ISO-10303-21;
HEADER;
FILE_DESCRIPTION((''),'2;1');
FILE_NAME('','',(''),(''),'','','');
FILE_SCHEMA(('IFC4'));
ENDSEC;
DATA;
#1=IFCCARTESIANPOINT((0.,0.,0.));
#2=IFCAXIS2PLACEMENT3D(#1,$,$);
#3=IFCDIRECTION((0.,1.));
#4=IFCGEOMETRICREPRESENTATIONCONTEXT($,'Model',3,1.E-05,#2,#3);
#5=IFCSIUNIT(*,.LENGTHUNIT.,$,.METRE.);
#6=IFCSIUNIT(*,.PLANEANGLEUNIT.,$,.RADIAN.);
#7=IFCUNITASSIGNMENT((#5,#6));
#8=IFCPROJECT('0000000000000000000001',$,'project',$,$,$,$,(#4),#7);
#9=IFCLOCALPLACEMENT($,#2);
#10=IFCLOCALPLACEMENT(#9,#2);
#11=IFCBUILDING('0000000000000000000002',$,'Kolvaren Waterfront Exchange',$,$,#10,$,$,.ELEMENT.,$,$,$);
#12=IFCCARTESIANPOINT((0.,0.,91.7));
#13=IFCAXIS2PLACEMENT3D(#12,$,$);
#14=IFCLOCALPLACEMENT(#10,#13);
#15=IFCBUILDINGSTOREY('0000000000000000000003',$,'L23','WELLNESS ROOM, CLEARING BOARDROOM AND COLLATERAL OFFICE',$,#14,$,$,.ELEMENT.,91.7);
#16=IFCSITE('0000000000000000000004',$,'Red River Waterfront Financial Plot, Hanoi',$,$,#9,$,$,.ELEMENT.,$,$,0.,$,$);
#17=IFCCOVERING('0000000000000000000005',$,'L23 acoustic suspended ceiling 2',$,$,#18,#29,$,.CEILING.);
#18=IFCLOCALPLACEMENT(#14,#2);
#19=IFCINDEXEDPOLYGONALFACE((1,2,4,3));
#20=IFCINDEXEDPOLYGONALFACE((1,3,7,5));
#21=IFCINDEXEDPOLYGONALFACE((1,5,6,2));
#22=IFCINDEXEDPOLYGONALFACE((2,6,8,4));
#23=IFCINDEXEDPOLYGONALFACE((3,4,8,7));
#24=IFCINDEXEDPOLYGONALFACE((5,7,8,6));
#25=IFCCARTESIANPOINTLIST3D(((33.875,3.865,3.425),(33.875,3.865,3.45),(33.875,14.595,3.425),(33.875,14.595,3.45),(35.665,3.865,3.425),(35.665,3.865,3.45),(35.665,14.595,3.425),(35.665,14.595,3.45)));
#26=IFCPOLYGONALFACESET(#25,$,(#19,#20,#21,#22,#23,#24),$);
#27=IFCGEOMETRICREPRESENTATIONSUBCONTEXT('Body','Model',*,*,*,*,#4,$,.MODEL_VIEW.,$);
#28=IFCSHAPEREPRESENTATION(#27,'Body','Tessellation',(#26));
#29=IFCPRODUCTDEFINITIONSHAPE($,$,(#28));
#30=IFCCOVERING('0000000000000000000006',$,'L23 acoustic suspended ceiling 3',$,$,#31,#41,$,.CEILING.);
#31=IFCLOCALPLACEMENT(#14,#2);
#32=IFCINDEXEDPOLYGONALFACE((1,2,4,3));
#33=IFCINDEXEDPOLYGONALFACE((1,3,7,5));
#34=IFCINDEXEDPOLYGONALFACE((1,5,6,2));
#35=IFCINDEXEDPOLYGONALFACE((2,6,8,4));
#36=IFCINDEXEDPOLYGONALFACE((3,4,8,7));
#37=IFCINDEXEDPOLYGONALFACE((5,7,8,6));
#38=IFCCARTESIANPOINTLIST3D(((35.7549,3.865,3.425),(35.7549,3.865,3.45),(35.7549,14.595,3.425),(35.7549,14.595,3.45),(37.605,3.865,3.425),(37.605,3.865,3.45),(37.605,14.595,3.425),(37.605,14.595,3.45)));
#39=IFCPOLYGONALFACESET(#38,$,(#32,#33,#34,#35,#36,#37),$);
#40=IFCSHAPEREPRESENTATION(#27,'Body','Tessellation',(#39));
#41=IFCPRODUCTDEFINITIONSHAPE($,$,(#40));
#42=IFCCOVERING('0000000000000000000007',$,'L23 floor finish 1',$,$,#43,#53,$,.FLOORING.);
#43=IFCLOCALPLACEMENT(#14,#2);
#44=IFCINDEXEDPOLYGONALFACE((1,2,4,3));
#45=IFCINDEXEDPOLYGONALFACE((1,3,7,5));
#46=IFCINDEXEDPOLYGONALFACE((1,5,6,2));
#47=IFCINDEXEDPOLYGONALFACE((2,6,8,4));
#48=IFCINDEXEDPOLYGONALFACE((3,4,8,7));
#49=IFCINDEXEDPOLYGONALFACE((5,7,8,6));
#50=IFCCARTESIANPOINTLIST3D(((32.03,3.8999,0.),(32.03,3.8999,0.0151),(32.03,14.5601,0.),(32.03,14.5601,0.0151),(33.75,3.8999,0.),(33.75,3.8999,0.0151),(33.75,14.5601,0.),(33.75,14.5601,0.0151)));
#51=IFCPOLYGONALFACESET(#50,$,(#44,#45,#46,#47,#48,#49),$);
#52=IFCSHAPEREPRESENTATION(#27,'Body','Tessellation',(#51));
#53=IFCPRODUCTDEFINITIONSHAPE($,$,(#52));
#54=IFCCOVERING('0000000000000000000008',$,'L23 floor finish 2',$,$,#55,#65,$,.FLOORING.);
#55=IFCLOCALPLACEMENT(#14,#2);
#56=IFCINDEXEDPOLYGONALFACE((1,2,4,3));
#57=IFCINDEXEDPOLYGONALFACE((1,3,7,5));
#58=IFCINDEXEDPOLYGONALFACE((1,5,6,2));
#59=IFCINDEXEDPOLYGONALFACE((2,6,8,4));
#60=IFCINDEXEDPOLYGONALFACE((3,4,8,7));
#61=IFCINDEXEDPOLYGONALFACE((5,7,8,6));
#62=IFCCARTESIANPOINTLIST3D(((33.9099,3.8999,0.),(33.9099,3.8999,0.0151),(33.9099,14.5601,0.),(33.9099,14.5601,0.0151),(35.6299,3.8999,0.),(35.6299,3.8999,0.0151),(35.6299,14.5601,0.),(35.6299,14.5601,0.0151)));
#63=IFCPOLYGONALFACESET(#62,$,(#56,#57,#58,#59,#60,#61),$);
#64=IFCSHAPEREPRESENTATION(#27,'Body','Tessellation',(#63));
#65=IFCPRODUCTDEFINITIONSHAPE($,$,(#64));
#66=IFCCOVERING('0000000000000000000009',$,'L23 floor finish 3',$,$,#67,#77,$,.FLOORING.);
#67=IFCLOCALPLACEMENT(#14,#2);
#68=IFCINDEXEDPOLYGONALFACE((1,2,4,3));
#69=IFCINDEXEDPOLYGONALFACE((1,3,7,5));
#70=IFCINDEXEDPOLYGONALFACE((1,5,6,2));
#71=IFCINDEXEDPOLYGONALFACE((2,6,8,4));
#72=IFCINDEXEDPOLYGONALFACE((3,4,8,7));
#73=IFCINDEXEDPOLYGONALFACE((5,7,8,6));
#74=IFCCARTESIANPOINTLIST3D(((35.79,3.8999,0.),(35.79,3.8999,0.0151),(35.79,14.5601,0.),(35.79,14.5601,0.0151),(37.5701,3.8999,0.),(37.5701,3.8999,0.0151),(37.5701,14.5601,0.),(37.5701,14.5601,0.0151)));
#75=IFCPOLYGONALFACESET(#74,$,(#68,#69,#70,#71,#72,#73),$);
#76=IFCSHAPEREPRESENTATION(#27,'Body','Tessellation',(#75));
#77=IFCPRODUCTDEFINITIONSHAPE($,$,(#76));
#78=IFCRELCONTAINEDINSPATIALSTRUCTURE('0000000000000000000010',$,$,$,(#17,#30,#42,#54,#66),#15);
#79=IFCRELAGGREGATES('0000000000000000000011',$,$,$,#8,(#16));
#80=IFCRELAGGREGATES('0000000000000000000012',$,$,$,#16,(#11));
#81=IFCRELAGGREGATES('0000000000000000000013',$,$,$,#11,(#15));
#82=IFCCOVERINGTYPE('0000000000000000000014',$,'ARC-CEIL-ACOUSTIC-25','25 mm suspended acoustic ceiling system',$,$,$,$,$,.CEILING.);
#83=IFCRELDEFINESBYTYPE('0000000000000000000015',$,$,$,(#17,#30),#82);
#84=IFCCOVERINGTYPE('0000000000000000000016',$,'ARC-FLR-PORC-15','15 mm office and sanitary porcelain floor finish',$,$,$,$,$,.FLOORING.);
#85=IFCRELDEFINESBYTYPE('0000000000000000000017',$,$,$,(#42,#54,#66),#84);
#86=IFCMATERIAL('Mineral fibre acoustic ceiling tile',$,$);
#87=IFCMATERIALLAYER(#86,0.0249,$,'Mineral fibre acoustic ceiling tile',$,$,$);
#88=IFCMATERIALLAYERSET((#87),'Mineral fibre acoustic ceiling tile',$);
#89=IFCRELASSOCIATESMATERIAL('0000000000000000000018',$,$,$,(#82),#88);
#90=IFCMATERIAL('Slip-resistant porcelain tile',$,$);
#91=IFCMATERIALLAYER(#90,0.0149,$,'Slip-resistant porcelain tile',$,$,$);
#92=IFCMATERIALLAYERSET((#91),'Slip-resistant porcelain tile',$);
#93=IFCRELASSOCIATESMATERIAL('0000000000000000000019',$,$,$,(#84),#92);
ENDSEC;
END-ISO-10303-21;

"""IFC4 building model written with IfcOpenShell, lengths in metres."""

from ifc_helpers import new_model, si_unit, direction, frame, origin, place, context, subcontext, project, spatial, polyline, outline, extrude, material, layer, layer_set, type_object, element, save


model = new_model("IFC4")

# Units and contexts
model_context = context("Model", 3, precision=1e-05, world=origin(), true_north=direction((0.0, 1.0)))
body_context = subcontext(model_context, "Body", "Model", "MODEL_VIEW")
ifc_project = project(units=[si_unit("LENGTHUNIT", "METRE"), si_unit("PLANEANGLEUNIT", "RADIAN")], contexts=[model_context])

# Site, building, storey
site_placement = place(None, origin())
site = spatial("IfcSite", under=ifc_project, at=site_placement, Name="Red River Waterfront Financial Plot, Hanoi", CompositionType="ELEMENT", RefElevation=0.0)
building_placement = place(site_placement, origin())
building = spatial("IfcBuilding", under=site, at=building_placement, Name="Kolvaren Waterfront Exchange", CompositionType="ELEMENT")
storey_placement = place(building_placement, frame((0.0, 0.0, 91.7)))
storey = spatial("IfcBuildingStorey", under=building, at=storey_placement, Name="L23", Description="WELLNESS ROOM, CLEARING BOARDROOM AND COLLATERAL OFFICE", CompositionType="ELEMENT", Elevation=91.7)

# Coverings
ifc_material_1 = material(Name="Mineral fibre acoustic ceiling tile")
ifc_layer_1 = layer(ifc_material_1, 0.0249, Name="Mineral fibre acoustic ceiling tile")
ifc_layer_set_1 = layer_set([ifc_layer_1], Name="Mineral fibre acoustic ceiling tile")
covering_type_1 = type_object("IfcCoveringType", Name="ARC-CEIL-ACOUSTIC-25", Description="25 mm suspended acoustic ceiling system", PredefinedType="CEILING", material=ifc_layer_set_1)
covering_1_placement = place(storey_placement, frame((0.0, 0.0, 3.425)))
element("IfcCovering", 1, at=covering_1_placement, inside=storey, type_object=covering_type_1, Name="L23 acoustic suspended ceiling 2", PredefinedType="CEILING", context=body_context, shape_type="SweptSolid", body=[
    extrude(outline(polyline([(35.665, 3.865), (35.665, 14.595), (33.875, 14.595), (33.875, 3.865), (35.665, 3.865)])), origin(), (0.0, 0.0, 1.0), 0.0249),
])
covering_2_placement = place(storey_placement, frame((0.0, 0.0, 3.425)))
element("IfcCovering", 2, at=covering_2_placement, inside=storey, type_object=covering_type_1, Name="L23 acoustic suspended ceiling 3", PredefinedType="CEILING", context=body_context, shape_type="SweptSolid", body=[
    extrude(outline(polyline([(37.605, 3.865), (37.605, 14.595), (35.7549, 14.595), (35.7549, 3.865), (37.605, 3.865)])), origin(), (0.0, 0.0, 1.0), 0.0249),
])
ifc_material_2 = material(Name="Slip-resistant porcelain tile")
ifc_layer_2 = layer(ifc_material_2, 0.0149, Name="Slip-resistant porcelain tile")
ifc_layer_set_2 = layer_set([ifc_layer_2], Name="Slip-resistant porcelain tile")
covering_type_2 = type_object("IfcCoveringType", Name="ARC-FLR-PORC-15", Description="15 mm office and sanitary porcelain floor finish", PredefinedType="FLOORING", material=ifc_layer_set_2)
covering_3_placement = place(storey_placement, origin())
element("IfcCovering", 3, at=covering_3_placement, inside=storey, type_object=covering_type_2, Name="L23 floor finish 1", PredefinedType="FLOORING", context=body_context, shape_type="SweptSolid", body=[
    extrude(outline(polyline([(32.03, 14.5601), (32.03, 3.8999), (33.75, 3.8999), (33.75, 14.5601), (32.03, 14.5601)])), origin(), (0.0, 0.0, 1.0), 0.0151),
])
covering_4_placement = place(storey_placement, origin())
element("IfcCovering", 4, at=covering_4_placement, inside=storey, type_object=covering_type_2, Name="L23 floor finish 2", PredefinedType="FLOORING", context=body_context, shape_type="SweptSolid", body=[
    extrude(outline(polyline([(33.9099, 14.5601), (33.9099, 3.8999), (35.6299, 3.8999), (35.6299, 14.5601), (33.9099, 14.5601)])), origin(), (0.0, 0.0, 1.0), 0.0151),
])
covering_5_placement = place(storey_placement, origin())
element("IfcCovering", 5, at=covering_5_placement, inside=storey, type_object=covering_type_2, Name="L23 floor finish 3", PredefinedType="FLOORING", context=body_context, shape_type="SweptSolid", body=[
    extrude(outline(polyline([(35.79, 14.5601), (35.79, 3.8999), (37.5701, 3.8999), (37.5701, 14.5601), (35.79, 14.5601)])), origin(), (0.0, 0.0, 1.0), 0.0151),
])

save(model, "model.ifc")
